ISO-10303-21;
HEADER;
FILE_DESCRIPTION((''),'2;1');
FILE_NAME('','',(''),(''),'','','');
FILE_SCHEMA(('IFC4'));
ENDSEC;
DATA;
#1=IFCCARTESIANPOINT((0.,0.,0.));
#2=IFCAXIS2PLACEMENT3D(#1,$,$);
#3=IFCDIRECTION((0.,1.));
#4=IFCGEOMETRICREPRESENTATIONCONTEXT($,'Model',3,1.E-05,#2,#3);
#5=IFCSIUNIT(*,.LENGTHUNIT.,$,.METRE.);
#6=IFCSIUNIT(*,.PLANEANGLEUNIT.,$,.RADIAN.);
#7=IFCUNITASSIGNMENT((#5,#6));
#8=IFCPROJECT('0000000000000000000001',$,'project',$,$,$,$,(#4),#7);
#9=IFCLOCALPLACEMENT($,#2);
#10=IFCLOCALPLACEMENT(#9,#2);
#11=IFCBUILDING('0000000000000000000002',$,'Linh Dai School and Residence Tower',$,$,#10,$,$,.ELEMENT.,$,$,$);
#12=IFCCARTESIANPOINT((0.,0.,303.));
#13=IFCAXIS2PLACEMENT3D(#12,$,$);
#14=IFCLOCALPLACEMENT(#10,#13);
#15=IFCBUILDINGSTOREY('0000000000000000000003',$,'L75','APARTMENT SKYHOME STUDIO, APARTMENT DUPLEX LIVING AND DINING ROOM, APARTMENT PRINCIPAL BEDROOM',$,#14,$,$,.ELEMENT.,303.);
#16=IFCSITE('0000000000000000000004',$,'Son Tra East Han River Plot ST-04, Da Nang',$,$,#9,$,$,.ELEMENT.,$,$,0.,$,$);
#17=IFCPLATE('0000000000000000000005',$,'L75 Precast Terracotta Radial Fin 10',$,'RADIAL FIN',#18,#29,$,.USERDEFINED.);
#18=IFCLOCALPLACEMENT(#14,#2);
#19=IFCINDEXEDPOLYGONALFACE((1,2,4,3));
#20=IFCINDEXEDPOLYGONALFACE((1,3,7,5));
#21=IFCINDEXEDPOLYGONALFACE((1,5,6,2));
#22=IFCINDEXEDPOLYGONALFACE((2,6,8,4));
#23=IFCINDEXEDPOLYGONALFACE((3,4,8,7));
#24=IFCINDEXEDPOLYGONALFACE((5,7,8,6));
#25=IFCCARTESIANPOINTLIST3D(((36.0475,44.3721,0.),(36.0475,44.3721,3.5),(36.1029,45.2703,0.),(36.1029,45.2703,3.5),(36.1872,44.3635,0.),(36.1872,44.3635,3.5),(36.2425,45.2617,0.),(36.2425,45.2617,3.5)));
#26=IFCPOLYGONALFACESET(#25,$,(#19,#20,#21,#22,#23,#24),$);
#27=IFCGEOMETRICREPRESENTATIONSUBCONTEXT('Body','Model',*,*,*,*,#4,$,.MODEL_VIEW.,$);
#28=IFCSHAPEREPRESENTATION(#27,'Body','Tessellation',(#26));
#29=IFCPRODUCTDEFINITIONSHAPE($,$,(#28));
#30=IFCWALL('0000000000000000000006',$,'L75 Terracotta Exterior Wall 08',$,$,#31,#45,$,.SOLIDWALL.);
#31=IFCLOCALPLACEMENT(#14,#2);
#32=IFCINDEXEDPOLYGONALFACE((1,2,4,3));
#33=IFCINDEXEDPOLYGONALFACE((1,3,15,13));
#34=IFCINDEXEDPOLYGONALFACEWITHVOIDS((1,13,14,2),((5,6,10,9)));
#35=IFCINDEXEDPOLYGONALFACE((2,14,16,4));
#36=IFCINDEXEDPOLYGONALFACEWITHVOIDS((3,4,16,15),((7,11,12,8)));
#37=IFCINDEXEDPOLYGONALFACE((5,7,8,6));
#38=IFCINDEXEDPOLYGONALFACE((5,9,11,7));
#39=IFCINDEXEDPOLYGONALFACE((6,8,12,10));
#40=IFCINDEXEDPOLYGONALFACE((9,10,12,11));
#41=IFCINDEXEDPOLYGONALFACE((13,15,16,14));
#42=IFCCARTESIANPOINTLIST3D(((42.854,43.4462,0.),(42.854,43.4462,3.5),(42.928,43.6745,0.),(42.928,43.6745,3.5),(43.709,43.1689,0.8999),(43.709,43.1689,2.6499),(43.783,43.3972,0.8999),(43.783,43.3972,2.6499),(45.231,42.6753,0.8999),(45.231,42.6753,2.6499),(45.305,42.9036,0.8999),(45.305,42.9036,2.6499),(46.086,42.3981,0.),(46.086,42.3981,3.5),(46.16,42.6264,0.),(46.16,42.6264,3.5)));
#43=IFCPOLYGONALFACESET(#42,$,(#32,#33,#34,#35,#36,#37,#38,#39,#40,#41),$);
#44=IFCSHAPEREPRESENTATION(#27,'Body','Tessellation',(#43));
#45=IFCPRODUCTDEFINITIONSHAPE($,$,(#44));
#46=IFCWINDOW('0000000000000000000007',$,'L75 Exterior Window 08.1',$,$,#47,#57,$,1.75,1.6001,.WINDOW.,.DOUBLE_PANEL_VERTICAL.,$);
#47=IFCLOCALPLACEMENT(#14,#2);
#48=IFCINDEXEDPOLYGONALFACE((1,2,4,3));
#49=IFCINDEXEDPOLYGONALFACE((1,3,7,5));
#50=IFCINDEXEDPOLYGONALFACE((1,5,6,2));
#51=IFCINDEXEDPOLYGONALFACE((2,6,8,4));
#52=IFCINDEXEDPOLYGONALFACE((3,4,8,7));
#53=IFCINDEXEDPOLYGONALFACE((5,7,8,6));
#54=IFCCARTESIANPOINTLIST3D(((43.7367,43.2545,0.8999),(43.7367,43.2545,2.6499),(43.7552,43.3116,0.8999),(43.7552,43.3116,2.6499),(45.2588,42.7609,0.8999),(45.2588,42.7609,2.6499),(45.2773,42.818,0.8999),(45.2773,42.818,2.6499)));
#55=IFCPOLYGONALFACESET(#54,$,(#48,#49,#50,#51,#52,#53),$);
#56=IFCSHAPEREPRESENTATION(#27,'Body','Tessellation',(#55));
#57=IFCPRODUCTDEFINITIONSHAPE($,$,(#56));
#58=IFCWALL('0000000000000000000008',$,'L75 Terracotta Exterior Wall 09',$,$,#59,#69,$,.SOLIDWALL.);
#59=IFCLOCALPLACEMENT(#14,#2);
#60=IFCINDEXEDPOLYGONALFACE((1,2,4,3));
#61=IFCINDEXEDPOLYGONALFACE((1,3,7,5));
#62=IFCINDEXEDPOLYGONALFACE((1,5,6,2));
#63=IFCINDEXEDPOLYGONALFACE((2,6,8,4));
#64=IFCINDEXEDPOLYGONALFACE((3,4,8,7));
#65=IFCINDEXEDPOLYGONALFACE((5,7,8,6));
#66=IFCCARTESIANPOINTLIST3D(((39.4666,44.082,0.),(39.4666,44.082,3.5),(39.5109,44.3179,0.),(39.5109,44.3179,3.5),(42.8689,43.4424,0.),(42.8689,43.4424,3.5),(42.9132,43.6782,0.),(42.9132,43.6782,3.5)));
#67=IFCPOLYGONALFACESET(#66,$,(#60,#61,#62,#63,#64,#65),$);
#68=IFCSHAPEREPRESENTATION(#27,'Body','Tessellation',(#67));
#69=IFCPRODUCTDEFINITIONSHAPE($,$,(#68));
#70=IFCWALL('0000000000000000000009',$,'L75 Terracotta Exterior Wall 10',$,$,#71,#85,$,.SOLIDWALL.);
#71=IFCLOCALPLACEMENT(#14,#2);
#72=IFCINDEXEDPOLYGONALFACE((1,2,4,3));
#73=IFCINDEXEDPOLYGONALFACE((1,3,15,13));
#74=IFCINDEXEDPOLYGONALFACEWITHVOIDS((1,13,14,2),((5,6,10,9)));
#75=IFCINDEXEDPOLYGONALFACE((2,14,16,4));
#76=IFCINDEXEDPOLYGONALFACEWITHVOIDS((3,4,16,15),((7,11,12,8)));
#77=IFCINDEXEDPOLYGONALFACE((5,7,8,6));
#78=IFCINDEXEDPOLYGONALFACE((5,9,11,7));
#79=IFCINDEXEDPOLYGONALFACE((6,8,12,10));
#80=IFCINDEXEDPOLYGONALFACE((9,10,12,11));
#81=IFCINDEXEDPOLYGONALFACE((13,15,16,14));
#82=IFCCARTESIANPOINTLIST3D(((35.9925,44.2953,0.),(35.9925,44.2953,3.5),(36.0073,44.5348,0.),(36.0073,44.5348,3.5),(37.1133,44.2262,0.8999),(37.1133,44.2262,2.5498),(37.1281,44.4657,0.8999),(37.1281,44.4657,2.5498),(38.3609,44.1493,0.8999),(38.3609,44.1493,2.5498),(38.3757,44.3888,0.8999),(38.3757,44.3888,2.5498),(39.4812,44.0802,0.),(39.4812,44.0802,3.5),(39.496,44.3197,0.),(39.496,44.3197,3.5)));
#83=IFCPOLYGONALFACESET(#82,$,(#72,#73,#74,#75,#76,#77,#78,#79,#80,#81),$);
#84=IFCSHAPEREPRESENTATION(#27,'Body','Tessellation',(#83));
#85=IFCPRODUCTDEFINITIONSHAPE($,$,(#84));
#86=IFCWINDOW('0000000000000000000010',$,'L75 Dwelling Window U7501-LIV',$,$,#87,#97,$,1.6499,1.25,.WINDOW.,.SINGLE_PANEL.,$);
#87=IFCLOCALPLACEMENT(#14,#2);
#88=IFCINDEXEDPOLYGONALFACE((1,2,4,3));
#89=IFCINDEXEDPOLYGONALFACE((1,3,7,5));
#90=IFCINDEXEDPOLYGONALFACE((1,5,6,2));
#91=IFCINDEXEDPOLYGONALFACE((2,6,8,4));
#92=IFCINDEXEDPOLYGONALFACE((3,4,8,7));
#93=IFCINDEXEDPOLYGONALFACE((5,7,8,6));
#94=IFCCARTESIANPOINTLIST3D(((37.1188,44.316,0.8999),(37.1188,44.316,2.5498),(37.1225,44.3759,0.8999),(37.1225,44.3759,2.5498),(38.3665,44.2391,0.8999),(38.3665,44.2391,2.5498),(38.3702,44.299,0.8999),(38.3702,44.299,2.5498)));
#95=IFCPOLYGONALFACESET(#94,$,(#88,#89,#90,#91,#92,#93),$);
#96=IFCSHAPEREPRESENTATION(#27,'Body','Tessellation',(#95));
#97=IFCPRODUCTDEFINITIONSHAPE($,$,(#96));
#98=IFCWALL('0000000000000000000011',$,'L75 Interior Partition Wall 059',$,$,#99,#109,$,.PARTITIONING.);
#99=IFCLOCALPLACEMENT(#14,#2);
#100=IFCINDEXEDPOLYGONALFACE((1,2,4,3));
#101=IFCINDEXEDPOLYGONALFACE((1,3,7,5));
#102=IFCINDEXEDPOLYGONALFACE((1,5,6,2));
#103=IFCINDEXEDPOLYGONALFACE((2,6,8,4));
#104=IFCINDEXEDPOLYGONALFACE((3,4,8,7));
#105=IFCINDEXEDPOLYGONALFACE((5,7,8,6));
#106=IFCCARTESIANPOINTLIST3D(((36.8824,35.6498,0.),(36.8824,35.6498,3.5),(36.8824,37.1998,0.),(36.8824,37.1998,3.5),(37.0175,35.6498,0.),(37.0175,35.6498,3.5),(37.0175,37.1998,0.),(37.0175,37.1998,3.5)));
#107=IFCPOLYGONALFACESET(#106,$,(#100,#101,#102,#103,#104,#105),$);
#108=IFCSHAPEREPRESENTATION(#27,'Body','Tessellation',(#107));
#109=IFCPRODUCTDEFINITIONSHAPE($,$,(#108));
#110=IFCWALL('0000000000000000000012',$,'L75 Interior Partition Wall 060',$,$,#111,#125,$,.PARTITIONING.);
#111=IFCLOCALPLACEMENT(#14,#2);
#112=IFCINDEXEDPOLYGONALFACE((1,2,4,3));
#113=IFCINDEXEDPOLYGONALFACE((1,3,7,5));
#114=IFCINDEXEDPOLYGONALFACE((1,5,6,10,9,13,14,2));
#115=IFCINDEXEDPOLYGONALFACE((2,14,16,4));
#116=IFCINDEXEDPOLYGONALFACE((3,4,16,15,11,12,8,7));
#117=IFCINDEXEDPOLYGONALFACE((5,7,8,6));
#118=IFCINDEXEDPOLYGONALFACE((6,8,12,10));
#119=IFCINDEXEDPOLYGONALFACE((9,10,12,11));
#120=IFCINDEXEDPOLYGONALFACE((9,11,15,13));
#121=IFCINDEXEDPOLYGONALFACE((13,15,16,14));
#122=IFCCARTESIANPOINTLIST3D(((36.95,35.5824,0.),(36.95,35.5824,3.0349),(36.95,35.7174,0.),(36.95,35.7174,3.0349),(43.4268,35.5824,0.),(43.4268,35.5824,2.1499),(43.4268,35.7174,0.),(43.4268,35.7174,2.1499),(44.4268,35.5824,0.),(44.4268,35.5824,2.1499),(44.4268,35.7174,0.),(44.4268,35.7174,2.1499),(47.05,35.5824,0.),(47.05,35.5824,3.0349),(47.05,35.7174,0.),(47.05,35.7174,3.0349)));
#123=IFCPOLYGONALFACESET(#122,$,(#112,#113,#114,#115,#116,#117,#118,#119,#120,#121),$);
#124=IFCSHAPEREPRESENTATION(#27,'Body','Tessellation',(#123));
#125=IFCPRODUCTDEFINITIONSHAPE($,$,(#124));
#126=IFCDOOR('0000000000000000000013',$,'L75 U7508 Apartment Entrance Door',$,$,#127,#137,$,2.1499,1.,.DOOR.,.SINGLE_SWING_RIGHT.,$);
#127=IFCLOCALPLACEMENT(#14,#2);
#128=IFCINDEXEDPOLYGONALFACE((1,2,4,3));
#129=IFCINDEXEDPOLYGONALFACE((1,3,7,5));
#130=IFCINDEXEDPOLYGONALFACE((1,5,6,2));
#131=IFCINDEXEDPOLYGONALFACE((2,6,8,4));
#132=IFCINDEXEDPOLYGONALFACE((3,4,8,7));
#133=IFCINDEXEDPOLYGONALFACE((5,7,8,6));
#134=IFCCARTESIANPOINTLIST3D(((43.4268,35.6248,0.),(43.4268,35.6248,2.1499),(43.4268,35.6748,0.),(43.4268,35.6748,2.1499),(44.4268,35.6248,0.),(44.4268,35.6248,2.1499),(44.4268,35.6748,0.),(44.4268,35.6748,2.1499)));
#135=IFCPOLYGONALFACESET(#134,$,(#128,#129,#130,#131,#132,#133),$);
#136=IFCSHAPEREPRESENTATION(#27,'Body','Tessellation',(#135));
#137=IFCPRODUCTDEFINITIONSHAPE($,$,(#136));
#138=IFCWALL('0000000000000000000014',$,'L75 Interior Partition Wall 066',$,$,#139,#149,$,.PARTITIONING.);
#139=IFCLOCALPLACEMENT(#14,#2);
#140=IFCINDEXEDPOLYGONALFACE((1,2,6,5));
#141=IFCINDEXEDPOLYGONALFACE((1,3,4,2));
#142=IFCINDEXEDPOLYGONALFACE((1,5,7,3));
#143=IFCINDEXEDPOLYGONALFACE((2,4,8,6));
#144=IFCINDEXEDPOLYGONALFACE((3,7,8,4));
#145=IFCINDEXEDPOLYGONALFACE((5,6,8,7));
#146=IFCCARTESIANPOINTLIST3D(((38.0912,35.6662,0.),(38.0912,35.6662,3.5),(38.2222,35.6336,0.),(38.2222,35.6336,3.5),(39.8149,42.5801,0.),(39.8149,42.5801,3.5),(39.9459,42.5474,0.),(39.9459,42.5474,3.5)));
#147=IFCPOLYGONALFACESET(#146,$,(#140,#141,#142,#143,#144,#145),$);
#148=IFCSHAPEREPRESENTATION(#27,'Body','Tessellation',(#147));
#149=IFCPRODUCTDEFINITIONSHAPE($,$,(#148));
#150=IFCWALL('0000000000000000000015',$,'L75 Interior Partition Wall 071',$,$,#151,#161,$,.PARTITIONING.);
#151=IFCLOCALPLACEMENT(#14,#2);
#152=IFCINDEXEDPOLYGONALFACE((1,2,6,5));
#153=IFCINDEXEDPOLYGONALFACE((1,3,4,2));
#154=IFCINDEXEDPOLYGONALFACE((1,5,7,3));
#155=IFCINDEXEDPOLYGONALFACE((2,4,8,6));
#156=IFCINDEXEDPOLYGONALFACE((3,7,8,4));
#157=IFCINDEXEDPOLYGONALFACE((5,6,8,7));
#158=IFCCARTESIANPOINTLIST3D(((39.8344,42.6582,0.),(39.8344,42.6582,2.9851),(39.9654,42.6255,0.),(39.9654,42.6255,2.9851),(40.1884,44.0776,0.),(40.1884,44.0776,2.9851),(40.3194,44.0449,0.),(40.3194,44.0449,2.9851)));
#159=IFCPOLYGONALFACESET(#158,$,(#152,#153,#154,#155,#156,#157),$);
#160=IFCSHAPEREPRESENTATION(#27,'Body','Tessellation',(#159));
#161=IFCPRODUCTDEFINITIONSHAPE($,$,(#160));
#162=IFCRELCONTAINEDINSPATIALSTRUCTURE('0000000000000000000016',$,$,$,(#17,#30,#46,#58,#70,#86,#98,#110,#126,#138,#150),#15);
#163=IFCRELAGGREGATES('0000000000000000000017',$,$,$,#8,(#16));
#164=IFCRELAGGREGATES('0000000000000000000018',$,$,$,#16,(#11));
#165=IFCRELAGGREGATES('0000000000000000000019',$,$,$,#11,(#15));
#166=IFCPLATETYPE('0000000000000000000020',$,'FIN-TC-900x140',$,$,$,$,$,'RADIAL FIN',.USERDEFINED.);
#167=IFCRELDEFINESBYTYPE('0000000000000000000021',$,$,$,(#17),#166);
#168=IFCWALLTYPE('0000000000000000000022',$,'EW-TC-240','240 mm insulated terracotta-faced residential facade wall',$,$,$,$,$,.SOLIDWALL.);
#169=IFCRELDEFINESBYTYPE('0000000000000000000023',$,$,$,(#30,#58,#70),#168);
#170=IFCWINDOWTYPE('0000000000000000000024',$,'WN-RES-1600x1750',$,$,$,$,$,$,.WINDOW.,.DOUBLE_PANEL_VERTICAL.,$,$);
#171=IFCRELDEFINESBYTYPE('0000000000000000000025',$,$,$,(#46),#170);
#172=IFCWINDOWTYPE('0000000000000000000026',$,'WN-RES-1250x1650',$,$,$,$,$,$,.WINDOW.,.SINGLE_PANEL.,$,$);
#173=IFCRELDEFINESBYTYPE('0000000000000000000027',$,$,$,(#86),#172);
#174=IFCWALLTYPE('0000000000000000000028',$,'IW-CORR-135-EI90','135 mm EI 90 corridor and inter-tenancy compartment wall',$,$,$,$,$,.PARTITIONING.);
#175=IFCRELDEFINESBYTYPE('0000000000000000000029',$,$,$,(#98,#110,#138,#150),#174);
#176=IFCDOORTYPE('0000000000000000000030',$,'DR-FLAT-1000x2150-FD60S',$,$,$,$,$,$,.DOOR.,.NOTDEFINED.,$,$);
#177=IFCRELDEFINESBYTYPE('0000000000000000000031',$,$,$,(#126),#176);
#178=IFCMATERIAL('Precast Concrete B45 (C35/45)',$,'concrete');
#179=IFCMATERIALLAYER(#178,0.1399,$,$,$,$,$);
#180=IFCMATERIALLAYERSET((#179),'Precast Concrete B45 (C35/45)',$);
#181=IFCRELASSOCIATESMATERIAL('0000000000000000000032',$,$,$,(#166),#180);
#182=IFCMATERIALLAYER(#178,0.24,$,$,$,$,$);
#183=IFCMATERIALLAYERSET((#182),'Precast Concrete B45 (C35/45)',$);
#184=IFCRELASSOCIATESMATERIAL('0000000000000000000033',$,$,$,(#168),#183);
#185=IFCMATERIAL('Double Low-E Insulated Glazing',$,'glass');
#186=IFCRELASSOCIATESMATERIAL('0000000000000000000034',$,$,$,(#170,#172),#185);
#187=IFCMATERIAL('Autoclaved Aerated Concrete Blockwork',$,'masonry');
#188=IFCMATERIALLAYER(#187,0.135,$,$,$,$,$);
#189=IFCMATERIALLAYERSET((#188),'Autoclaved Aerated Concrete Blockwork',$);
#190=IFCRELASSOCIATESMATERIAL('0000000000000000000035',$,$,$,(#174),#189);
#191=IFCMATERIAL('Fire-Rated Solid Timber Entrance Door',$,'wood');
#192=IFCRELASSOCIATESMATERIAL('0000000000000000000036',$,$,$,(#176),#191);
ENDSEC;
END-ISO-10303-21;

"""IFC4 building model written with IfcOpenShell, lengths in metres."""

from ifc_helpers import new_model, si_unit, direction, frame, frame_2d, origin, origin_2d, place, context, subcontext, project, spatial, rectangle, extrude, source, transform, mapped, material, layer, layer_set, type_object, element, fill, save


model = new_model("IFC4")

# Units and contexts
model_context = context("Model", 3, precision=1e-05, world=origin(), true_north=direction((0.0, 1.0)))
body_context = subcontext(model_context, "Body", "Model", "MODEL_VIEW")
ifc_project = project(units=[si_unit("LENGTHUNIT", "METRE"), si_unit("PLANEANGLEUNIT", "RADIAN")], contexts=[model_context])

# Site, building, storey
site_placement = place(None, origin())
site = spatial("IfcSite", under=ifc_project, at=site_placement, Name="Son Tra East Han River Plot ST-04, Da Nang", CompositionType="ELEMENT", RefElevation=0.0)
building_placement = place(site_placement, origin())
building = spatial("IfcBuilding", under=site, at=building_placement, Name="Linh Dai School and Residence Tower", CompositionType="ELEMENT")
storey_placement = place(building_placement, frame((0.0, 0.0, 303.0)))
storey = spatial("IfcBuildingStorey", under=building, at=storey_placement, Name="L75", Description="APARTMENT SKYHOME STUDIO, APARTMENT DUPLEX LIVING AND DINING ROOM, APARTMENT PRINCIPAL BEDROOM", CompositionType="ELEMENT", Elevation=303.0)

# Plate
ifc_material_1 = material(Name="Precast Concrete B45 (C35/45)", Category="concrete")
ifc_layer_1 = layer(ifc_material_1, 0.1399)
ifc_layer_set_1 = layer_set([ifc_layer_1], Name="Precast Concrete B45 (C35/45)")
plate_type = type_object("IfcPlateType", Name="FIN-TC-900x140", ElementType="RADIAL FIN", PredefinedType="USERDEFINED", material=ifc_layer_set_1)
shared_shape_1 = source(origin(), body_context, "Body", "SweptSolid", [
    extrude(rectangle(XDim=0.8999, YDim=0.1399, at=origin_2d()), origin(), (0.0, 0.0, 1.0), 3.5),
])
plate_placement = place(storey_placement, frame((36.145, 44.8169, 0.0), z_axis=(0.0, 0.0, 1.0), x_axis=(0.06151, 0.998106, 0.0)))
element("IfcPlate", 1, at=plate_placement, inside=storey, type_object=plate_type, Name="L75 Precast Terracotta Radial Fin 10", ObjectType="RADIAL FIN", PredefinedType="USERDEFINED", context=body_context, shape_type="MappedRepresentation", body=[
    mapped(shared_shape_1, transform((0.0, 0.0, 0.0), x_axis=(1.0, 0.0, 0.0), y_axis=(0.0, 1.0, 0.0), z_axis=(0.0, 0.0, 1.0), scale=1.0)),
])

# Wall, opening, window
ifc_layer_2 = layer(ifc_material_1, 0.24)
ifc_layer_set_2 = layer_set([ifc_layer_2], Name="Precast Concrete B45 (C35/45)")
wall_type_1 = type_object("IfcWallType", Name="EW-TC-240", Description="240 mm insulated terracotta-faced residential facade wall", PredefinedType="SOLIDWALL", material=ifc_layer_set_2)
wall_1_placement = place(storey_placement, frame((42.8911, 43.5603, 0.0), z_axis=(0.0, 0.0, 1.0), x_axis=(0.951231, -0.308478, 0.0)))
wall_1 = element("IfcWall", 2, at=wall_1_placement, inside=storey, type_object=wall_type_1, Name="L75 Terracotta Exterior Wall 08", PredefinedType="SOLIDWALL", context=body_context, shape_type="SweptSolid", body=[
    extrude(rectangle(XDim=3.3977, YDim=0.24, at=frame_2d((1.6987, 0.0))), origin(), (0.0, 0.0, 1.0), 3.5),
])
opening_1_placement = place(wall_1_placement, frame((0.8987, 0.0, 0.8999)))
opening_1 = element("IfcOpeningElement", 3, at=opening_1_placement, cuts=wall_1, PredefinedType="OPENING", context=body_context, shape_type="SweptSolid", body=[
    extrude(rectangle(XDim=1.6001, YDim=1.75, at=origin_2d()), frame((0.8, 0.1299, 0.875), z_axis=(0.0, -1.0, 0.0), x_axis=(1.0, 0.0, 0.0)), (0.0, 0.0, 1.0), 0.26),
])
ifc_material_2 = material(Name="Double Low-E Insulated Glazing", Category="glass")
window_type_1 = type_object("IfcWindowType", Name="WN-RES-1600x1750", PartitioningType="DOUBLE_PANEL_VERTICAL", PredefinedType="WINDOW", material=ifc_material_2)
shared_shape_2 = source(origin(), body_context, "Body", "SweptSolid", [
    extrude(rectangle(XDim=1.6001, YDim=1.75, at=origin_2d()), frame((0.8, 0.03, 0.875), z_axis=(0.0, -1.0, 0.0), x_axis=(1.0, 0.0, 0.0)), (0.0, 0.0, 1.0), 0.0601),
])
window_1_placement = place(opening_1_placement, origin())
window_1 = element("IfcWindow", 4, at=window_1_placement, inside=storey, type_object=window_type_1, Name="L75 Exterior Window 08.1", OverallHeight=1.75, OverallWidth=1.6001, PartitioningType="DOUBLE_PANEL_VERTICAL", PredefinedType="WINDOW", context=body_context, shape_type="MappedRepresentation", body=[
    mapped(shared_shape_2, transform((0.0, 0.0, 0.0), x_axis=(1.0, 0.0, 0.0), y_axis=(0.0, 1.0, 0.0), z_axis=(0.0, 0.0, 1.0), scale=1.0)),
])
fill(opening_1, window_1)

# Wall
wall_2_placement = place(storey_placement, frame((39.4888, 44.2, 0.0), z_axis=(0.0, 0.0, 1.0), x_axis=(0.982783, -0.184765, 0.0)))
element("IfcWall", 5, at=wall_2_placement, inside=storey, type_object=wall_type_1, Name="L75 Terracotta Exterior Wall 09", PredefinedType="SOLIDWALL", context=body_context, shape_type="SweptSolid", body=[
    extrude(rectangle(XDim=3.4619, YDim=0.24, at=frame_2d((1.731, 0.0))), origin(), (0.0, 0.0, 1.0), 3.5),
])

# Wall, opening, window
wall_3_placement = place(storey_placement, frame((36.0, 44.415, 0.0), z_axis=(0.0, 0.0, 1.0), x_axis=(0.998105, -0.061535, 0.0)))
wall_3 = element("IfcWall", 6, at=wall_3_placement, inside=storey, type_object=wall_type_1, Name="L75 Terracotta Exterior Wall 10", PredefinedType="SOLIDWALL", context=body_context, shape_type="SweptSolid", body=[
    extrude(rectangle(XDim=3.4954, YDim=0.24, at=frame_2d((1.7476, 0.0))), origin(), (0.0, 0.0, 1.0), 3.5),
])
opening_2_placement = place(wall_3_placement, frame((1.1228, 0.0, 0.8999)))
opening_2 = element("IfcOpeningElement", 7, at=opening_2_placement, cuts=wall_3, PredefinedType="OPENING", context=body_context, shape_type="SweptSolid", body=[
    extrude(rectangle(XDim=1.25, YDim=1.6499, at=origin_2d()), frame((0.625, 0.1299, 0.825), z_axis=(0.0, -1.0, 0.0), x_axis=(1.0, 0.0, 0.0)), (0.0, 0.0, 1.0), 0.26),
])
window_type_2 = type_object("IfcWindowType", Name="WN-RES-1250x1650", PartitioningType="SINGLE_PANEL", PredefinedType="WINDOW", material=ifc_material_2)
shared_shape_3 = source(origin(), body_context, "Body", "SweptSolid", [
    extrude(rectangle(XDim=1.25, YDim=1.6499, at=origin_2d()), frame((0.625, 0.03, 0.825), z_axis=(0.0, -1.0, 0.0), x_axis=(1.0, 0.0, 0.0)), (0.0, 0.0, 1.0), 0.0601),
])
window_2_placement = place(opening_2_placement, origin())
window_2 = element("IfcWindow", 8, at=window_2_placement, inside=storey, type_object=window_type_2, Name="L75 Dwelling Window U7501-LIV", OverallHeight=1.6499, OverallWidth=1.25, PartitioningType="SINGLE_PANEL", PredefinedType="WINDOW", context=body_context, shape_type="MappedRepresentation", body=[
    mapped(shared_shape_3, transform((0.0, 0.0, 0.0), x_axis=(1.0, 0.0, 0.0), y_axis=(0.0, 1.0, 0.0), z_axis=(0.0, 0.0, 1.0), scale=1.0)),
])
fill(opening_2, window_2)

# Wall
ifc_material_3 = material(Name="Autoclaved Aerated Concrete Blockwork", Category="masonry")
ifc_layer_3 = layer(ifc_material_3, 0.135)
ifc_layer_set_3 = layer_set([ifc_layer_3], Name="Autoclaved Aerated Concrete Blockwork")
wall_type_2 = type_object("IfcWallType", Name="IW-CORR-135-EI90", Description="135 mm EI 90 corridor and inter-tenancy compartment wall", PredefinedType="PARTITIONING", material=ifc_layer_set_3)
wall_4_placement = place(storey_placement, frame((36.95, 35.6499, 0.0), z_axis=(0.0, 0.0, 1.0), x_axis=(0.0, 1.0, 0.0)))
element("IfcWall", 9, at=wall_4_placement, inside=storey, type_object=wall_type_2, Name="L75 Interior Partition Wall 059", PredefinedType="PARTITIONING", context=body_context, shape_type="SweptSolid", body=[
    extrude(rectangle(XDim=1.55, YDim=0.135, at=frame_2d((0.7749, 0.0))), origin(), (0.0, 0.0, 1.0), 3.5),
])

# Wall, opening, door
wall_5_placement = place(storey_placement, frame((36.95, 35.6499, 0.0), z_axis=(0.0, 0.0, 1.0), x_axis=(1.0, 0.0, 0.0)))
wall_5 = element("IfcWall", 10, at=wall_5_placement, inside=storey, type_object=wall_type_2, Name="L75 Interior Partition Wall 060", PredefinedType="PARTITIONING", context=body_context, shape_type="SweptSolid", body=[
    extrude(rectangle(XDim=10.1001, YDim=0.135, at=frame_2d((5.05, 0.0))), origin(), (0.0, 0.0, 1.0), 3.0349),
])
opening_3_placement = place(wall_5_placement, frame((6.4768, 0.0, 0.0)))
opening_3 = element("IfcOpeningElement", 11, at=opening_3_placement, cuts=wall_5, PredefinedType="OPENING", context=body_context, shape_type="SweptSolid", body=[
    extrude(rectangle(XDim=1.0, YDim=2.1499, at=origin_2d()), frame((0.5, 0.0776, 1.075), z_axis=(0.0, -1.0, 0.0), x_axis=(1.0, 0.0, 0.0)), (0.0, 0.0, 1.0), 0.155),
])
ifc_material_4 = material(Name="Fire-Rated Solid Timber Entrance Door", Category="wood")
door_type_1 = type_object("IfcDoorType", Name="DR-FLAT-1000x2150-FD60S", OperationType="NOTDEFINED", PredefinedType="DOOR", material=ifc_material_4)
shared_shape_4 = source(origin(), body_context, "Body", "SweptSolid", [
    extrude(rectangle(XDim=1.0, YDim=2.1499, at=origin_2d()), frame((0.5, 0.0249, 1.075), z_axis=(0.0, -1.0, 0.0), x_axis=(1.0, 0.0, 0.0)), (0.0, 0.0, 1.0), 0.05),
])
door_1_placement = place(opening_3_placement, origin())
door_1 = element("IfcDoor", 12, at=door_1_placement, inside=storey, type_object=door_type_1, Name="L75 U7508 Apartment Entrance Door", OperationType="SINGLE_SWING_RIGHT", OverallHeight=2.1499, OverallWidth=1.0, PredefinedType="DOOR", context=body_context, shape_type="MappedRepresentation", body=[
    mapped(shared_shape_4, transform((0.0, 0.0, 0.0), x_axis=(1.0, 0.0, 0.0), y_axis=(0.0, 1.0, 0.0), z_axis=(0.0, 0.0, 1.0), scale=1.0)),
])
fill(opening_3, door_1)

# Walls
wall_6_placement = place(storey_placement, frame((38.1567, 35.6499, 0.0), z_axis=(0.0, 0.0, 1.0), x_axis=(0.241899, 0.970302, 0.0)))
element("IfcWall", 13, at=wall_6_placement, inside=storey, type_object=wall_type_2, Name="L75 Interior Partition Wall 066", PredefinedType="PARTITIONING", context=body_context, shape_type="SweptSolid", body=[
    extrude(rectangle(XDim=7.1255, YDim=0.135, at=frame_2d((3.5627, 0.0))), origin(), (0.0, 0.0, 1.0), 3.5),
])
wall_7_placement = place(storey_placement, frame((39.8999, 42.6418, 0.0), z_axis=(0.0, 0.0, 1.0), x_axis=(0.241986, 0.97028, 0.0)))
element("IfcWall", 14, at=wall_7_placement, inside=storey, type_object=wall_type_2, Name="L75 Interior Partition Wall 071", PredefinedType="PARTITIONING", context=body_context, shape_type="SweptSolid", body=[
    extrude(rectangle(XDim=1.4629, YDim=0.135, at=frame_2d((0.7314, 0.0))), origin(), (0.0, 0.0, 1.0), 2.9851),
])

save(model, "model.ifc")
